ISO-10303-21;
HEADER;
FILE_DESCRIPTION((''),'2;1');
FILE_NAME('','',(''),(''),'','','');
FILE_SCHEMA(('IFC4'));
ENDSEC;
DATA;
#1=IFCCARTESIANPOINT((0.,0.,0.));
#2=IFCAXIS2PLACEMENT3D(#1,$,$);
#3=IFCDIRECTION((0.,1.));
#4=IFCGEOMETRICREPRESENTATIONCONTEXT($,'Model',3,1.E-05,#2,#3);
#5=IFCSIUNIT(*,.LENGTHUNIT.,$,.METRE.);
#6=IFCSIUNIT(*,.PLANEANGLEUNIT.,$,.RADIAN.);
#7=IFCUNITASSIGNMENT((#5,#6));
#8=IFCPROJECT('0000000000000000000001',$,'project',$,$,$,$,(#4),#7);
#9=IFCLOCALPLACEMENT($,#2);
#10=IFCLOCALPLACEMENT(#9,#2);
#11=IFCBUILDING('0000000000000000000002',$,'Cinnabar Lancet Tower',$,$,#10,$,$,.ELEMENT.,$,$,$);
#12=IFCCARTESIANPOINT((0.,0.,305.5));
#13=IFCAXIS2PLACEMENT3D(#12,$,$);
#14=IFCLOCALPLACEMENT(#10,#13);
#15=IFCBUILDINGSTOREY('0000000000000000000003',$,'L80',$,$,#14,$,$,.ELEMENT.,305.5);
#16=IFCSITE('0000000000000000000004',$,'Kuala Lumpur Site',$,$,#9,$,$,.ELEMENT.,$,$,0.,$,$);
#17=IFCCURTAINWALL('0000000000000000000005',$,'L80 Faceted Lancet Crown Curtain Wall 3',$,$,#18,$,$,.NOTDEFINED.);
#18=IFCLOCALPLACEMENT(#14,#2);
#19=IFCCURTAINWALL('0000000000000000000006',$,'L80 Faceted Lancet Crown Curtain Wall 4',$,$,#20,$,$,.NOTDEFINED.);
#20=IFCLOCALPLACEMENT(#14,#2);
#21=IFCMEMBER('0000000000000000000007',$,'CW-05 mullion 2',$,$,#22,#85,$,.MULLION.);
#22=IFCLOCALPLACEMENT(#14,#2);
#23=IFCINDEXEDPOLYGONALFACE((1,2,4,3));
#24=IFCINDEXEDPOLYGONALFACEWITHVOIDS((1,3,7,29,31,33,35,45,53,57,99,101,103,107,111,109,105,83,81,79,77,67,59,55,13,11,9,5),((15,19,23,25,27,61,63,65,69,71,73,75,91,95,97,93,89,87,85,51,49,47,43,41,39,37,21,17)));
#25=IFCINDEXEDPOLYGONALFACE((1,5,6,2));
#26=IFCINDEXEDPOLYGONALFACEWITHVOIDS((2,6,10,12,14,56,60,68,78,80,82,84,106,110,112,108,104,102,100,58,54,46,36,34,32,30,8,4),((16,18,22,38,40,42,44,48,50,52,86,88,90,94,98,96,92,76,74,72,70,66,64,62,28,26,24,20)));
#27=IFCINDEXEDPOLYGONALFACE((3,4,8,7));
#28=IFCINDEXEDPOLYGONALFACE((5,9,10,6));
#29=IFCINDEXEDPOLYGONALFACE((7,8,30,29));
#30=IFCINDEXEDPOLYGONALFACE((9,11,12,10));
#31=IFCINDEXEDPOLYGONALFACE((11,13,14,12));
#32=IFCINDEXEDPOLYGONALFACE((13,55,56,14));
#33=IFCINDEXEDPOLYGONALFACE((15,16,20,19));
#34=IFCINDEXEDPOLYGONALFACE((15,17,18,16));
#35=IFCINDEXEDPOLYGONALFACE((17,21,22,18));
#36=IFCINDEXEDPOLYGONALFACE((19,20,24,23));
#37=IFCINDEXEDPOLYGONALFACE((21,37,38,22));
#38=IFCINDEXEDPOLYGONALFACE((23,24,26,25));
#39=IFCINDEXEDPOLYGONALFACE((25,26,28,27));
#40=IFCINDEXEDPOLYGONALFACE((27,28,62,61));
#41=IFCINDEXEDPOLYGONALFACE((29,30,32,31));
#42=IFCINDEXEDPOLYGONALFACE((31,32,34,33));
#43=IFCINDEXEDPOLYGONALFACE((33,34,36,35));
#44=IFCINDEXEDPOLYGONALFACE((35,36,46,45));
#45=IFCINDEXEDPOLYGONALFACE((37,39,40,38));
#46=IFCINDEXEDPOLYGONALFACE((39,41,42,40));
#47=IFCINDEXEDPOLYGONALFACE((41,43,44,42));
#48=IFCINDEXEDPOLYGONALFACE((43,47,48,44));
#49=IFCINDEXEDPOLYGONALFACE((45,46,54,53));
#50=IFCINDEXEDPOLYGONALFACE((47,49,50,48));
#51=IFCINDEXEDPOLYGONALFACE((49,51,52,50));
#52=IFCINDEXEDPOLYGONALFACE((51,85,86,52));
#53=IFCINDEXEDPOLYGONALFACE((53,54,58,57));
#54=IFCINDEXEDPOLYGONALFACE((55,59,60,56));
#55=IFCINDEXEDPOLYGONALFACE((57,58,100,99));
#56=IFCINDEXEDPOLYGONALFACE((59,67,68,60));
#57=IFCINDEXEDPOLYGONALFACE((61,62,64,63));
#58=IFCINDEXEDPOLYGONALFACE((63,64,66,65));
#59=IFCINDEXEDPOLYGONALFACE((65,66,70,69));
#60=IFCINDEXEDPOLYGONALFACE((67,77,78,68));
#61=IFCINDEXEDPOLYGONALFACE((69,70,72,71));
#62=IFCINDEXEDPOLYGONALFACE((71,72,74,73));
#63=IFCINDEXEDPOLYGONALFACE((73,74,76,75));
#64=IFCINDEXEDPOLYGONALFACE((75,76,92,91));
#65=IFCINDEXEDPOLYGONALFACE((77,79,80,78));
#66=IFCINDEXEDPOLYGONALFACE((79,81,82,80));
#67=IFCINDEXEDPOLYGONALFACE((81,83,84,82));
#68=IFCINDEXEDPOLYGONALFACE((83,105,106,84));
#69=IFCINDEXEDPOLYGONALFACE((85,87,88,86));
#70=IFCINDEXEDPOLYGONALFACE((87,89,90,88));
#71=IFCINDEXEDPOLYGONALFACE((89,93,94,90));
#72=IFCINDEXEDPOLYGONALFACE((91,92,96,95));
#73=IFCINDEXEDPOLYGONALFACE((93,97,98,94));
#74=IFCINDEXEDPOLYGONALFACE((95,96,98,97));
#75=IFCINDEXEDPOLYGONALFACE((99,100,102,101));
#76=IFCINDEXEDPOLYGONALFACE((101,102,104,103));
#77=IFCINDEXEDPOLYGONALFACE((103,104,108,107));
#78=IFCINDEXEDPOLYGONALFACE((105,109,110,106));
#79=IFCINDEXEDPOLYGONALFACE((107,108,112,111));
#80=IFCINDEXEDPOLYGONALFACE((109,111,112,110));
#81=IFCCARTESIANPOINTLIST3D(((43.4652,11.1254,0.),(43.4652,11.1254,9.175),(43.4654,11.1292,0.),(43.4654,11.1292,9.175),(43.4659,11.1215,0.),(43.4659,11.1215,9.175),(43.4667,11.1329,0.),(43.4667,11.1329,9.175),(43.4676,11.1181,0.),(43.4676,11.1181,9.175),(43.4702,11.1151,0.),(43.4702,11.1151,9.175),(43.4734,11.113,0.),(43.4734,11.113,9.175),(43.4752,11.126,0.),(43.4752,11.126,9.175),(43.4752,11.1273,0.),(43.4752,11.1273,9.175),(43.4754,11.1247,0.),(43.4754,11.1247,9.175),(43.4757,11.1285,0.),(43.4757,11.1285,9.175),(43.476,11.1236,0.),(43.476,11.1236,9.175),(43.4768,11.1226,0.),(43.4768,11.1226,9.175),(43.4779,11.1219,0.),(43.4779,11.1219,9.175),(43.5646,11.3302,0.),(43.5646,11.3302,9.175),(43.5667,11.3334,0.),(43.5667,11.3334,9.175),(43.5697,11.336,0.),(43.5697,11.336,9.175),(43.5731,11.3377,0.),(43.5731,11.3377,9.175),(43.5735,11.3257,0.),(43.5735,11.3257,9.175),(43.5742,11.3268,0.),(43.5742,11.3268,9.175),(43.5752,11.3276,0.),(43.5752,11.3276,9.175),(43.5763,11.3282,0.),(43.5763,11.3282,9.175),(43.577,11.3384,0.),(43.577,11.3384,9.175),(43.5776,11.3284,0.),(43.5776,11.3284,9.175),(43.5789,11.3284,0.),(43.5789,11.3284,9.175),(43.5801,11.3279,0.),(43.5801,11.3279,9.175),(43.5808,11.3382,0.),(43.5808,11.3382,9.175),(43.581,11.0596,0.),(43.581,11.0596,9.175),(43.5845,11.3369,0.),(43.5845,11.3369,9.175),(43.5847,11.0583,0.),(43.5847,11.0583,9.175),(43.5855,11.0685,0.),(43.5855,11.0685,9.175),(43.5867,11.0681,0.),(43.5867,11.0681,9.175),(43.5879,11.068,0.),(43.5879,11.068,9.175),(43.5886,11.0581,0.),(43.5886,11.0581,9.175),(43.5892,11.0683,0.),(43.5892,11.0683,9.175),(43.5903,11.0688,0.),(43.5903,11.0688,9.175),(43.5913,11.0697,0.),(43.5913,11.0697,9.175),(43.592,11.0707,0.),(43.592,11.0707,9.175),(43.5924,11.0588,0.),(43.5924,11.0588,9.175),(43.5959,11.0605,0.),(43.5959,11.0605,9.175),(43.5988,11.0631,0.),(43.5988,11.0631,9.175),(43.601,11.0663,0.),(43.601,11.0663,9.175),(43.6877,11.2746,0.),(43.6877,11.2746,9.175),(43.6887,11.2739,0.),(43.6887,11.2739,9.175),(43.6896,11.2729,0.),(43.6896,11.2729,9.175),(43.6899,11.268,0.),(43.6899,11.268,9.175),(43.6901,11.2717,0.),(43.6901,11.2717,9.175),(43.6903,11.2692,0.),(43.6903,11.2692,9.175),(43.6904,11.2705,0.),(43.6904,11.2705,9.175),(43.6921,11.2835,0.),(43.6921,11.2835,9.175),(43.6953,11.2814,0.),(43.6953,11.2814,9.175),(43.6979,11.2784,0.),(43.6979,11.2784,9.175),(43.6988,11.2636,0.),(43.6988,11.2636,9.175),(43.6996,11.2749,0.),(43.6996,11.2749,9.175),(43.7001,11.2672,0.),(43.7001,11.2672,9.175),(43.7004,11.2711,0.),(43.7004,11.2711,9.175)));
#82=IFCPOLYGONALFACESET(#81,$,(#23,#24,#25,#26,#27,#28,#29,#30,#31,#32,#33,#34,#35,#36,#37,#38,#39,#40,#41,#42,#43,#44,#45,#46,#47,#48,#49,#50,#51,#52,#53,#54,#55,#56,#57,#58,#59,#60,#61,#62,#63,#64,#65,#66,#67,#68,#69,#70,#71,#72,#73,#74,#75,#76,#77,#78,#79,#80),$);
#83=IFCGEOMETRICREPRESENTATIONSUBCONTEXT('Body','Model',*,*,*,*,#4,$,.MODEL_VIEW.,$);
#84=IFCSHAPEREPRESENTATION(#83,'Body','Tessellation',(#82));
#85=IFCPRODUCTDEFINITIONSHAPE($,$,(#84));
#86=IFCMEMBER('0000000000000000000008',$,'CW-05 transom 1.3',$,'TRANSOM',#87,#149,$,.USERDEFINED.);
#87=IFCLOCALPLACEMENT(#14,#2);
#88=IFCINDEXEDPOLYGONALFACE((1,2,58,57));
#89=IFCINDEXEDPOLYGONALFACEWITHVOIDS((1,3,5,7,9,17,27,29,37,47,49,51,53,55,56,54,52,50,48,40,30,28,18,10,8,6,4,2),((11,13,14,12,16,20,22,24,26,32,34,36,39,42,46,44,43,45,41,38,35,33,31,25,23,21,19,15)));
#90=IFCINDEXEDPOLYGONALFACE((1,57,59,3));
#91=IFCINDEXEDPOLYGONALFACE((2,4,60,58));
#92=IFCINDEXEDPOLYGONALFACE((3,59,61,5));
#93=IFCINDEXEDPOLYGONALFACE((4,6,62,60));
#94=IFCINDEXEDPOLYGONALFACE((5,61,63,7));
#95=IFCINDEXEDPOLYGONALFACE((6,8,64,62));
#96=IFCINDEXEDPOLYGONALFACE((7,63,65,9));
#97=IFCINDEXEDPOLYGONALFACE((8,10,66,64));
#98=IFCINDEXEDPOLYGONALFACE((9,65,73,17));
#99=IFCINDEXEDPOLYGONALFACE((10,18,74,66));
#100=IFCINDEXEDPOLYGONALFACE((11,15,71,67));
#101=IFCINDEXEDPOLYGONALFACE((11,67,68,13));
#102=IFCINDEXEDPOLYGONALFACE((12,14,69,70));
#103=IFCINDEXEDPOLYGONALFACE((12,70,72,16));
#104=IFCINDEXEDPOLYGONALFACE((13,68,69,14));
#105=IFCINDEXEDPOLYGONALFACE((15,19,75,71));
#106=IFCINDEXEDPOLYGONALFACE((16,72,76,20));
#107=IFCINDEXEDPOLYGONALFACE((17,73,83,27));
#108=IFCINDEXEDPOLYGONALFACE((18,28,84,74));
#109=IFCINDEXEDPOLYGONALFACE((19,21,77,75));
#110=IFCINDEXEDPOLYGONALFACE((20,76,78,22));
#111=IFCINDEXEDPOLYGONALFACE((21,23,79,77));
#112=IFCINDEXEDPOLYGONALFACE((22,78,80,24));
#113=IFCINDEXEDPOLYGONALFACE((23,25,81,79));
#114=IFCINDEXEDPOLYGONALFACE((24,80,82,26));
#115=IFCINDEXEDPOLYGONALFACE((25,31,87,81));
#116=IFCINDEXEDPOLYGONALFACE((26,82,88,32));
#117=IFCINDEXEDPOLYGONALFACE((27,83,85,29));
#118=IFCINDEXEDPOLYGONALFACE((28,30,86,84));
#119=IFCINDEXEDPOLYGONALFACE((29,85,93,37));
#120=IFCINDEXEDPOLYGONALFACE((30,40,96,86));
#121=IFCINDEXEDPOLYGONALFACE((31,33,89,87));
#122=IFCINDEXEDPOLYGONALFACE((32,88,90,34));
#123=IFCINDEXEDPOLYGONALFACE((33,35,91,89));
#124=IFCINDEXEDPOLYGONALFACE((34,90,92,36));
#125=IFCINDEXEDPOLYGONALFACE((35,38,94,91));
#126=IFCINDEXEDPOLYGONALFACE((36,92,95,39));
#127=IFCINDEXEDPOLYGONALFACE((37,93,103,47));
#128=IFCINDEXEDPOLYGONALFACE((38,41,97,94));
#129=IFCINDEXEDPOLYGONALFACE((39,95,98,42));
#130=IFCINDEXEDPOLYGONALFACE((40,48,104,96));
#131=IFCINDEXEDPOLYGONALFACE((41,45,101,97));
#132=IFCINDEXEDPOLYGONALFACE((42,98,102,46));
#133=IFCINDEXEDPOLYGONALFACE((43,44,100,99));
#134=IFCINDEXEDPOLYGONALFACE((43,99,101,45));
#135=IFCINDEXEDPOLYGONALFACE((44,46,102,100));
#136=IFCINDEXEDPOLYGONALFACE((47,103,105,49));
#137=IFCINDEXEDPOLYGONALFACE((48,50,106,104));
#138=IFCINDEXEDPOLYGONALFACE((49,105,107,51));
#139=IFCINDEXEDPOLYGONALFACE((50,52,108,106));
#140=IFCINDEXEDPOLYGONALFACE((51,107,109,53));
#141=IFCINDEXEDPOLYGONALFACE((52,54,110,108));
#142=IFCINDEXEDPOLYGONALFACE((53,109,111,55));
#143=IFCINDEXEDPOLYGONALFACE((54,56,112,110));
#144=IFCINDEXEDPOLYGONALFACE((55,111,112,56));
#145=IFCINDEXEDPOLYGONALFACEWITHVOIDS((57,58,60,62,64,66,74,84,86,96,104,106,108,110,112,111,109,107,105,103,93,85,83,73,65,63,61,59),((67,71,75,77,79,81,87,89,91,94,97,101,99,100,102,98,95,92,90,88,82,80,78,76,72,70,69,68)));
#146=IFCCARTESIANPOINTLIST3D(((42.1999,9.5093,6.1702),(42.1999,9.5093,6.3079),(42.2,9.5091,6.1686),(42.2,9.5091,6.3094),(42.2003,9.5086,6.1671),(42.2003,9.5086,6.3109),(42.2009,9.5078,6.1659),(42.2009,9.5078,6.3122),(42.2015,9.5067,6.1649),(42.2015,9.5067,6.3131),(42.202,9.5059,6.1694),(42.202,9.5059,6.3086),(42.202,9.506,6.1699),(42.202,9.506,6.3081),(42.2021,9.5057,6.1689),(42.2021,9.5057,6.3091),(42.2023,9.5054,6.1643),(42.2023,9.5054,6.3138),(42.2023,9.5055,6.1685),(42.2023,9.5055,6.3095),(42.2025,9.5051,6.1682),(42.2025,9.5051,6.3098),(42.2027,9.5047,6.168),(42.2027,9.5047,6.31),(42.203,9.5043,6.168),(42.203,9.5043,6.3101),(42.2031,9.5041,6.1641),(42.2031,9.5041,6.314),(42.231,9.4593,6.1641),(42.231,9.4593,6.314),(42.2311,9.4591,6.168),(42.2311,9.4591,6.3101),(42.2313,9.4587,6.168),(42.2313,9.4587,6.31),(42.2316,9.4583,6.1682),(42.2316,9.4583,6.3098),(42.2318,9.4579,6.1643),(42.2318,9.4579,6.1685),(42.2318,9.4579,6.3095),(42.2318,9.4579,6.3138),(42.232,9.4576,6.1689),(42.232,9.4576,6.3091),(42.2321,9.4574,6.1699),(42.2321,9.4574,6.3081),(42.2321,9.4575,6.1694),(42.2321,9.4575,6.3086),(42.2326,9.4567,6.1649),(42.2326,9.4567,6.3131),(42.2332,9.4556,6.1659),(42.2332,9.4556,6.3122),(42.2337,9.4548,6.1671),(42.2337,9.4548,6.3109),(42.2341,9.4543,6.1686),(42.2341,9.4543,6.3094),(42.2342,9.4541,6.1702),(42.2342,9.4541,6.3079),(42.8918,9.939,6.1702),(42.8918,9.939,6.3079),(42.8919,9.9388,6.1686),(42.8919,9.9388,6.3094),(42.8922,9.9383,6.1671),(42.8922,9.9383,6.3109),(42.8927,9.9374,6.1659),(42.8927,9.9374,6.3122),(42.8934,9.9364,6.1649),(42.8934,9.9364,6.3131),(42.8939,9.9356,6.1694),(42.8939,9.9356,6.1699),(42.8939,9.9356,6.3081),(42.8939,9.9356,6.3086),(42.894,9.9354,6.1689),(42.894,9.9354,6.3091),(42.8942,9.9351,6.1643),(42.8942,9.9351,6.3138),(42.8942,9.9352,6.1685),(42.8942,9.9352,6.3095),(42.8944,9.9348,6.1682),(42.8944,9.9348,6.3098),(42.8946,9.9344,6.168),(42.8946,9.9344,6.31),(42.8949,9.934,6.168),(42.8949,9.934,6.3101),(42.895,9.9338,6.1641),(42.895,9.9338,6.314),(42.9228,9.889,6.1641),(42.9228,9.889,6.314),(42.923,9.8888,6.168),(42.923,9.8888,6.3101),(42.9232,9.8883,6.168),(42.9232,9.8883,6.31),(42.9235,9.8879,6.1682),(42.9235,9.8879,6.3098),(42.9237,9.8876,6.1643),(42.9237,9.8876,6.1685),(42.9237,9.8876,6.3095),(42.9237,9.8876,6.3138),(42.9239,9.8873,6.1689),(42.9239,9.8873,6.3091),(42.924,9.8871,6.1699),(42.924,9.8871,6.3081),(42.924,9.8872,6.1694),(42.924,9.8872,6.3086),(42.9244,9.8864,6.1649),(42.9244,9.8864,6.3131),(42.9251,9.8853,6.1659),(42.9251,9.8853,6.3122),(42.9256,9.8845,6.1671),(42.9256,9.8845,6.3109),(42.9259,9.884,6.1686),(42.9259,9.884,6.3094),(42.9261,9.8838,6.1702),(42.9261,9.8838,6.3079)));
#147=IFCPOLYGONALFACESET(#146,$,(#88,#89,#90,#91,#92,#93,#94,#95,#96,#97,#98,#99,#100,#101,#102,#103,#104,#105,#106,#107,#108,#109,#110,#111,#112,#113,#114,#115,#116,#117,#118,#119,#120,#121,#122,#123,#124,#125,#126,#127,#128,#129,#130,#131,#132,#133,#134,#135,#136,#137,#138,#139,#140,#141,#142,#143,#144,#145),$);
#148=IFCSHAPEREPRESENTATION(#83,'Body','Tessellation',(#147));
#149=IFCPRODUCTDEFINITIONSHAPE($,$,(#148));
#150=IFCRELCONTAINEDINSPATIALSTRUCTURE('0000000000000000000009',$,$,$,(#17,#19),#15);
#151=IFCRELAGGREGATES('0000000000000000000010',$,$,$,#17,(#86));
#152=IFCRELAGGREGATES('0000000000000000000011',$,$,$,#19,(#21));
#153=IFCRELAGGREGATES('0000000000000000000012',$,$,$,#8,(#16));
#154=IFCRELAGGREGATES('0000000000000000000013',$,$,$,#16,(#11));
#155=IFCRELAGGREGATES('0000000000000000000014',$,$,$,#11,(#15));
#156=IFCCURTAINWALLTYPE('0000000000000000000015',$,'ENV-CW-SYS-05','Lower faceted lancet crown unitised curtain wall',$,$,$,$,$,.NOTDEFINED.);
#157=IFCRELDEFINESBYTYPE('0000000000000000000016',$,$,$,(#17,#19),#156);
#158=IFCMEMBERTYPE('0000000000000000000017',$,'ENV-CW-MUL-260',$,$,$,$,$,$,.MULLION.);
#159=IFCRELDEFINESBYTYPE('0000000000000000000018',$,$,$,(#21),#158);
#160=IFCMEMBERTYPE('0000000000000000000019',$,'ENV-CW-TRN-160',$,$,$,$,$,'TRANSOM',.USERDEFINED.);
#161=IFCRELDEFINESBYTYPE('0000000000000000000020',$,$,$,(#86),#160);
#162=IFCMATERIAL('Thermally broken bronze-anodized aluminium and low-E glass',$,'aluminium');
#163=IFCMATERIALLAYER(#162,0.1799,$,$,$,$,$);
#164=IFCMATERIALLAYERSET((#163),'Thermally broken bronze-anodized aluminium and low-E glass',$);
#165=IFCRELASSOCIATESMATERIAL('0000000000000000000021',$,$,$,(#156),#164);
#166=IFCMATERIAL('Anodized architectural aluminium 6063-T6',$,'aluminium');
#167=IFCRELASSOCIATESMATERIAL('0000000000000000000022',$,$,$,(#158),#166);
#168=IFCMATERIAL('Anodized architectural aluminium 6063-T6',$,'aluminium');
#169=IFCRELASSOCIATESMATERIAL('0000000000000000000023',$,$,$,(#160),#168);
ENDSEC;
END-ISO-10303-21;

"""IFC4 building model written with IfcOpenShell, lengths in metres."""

from ifc_helpers import new_model, si_unit, direction, frame, origin, origin_2d, place, context, subcontext, project, spatial, hollow_rectangle, extrude, material, layer, layer_set, material_profile, profile_set, type_object, element, aggregate, save


model = new_model("IFC4")

# Units and contexts
model_context = context("Model", 3, precision=1e-05, world=origin(), true_north=direction((0.0, 1.0)))
body_context = subcontext(model_context, "Body", "Model", "MODEL_VIEW")
ifc_project = project(units=[si_unit("LENGTHUNIT", "METRE"), si_unit("PLANEANGLEUNIT", "RADIAN")], contexts=[model_context])

# Site, building, storey
site_placement = place(None, origin())
site = spatial("IfcSite", under=ifc_project, at=site_placement, Name="Kuala Lumpur Site", CompositionType="ELEMENT", RefElevation=0.0)
building_placement = place(site_placement, origin())
building = spatial("IfcBuilding", under=site, at=building_placement, Name="Cinnabar Lancet Tower", CompositionType="ELEMENT")
storey_placement = place(building_placement, frame((0.0, 0.0, 305.5)))
storey = spatial("IfcBuildingStorey", under=building, at=storey_placement, Name="L80", CompositionType="ELEMENT", Elevation=305.5)

# Curtain wall
ifc_material_1 = material(Name="Thermally broken bronze-anodized aluminium and low-E glass", Category="aluminium")
ifc_layer_1 = layer(ifc_material_1, 0.1799)
ifc_layer_set_1 = layer_set([ifc_layer_1], Name="Thermally broken bronze-anodized aluminium and low-E glass")
curtain_wall_type = type_object("IfcCurtainWallType", Name="ENV-CW-SYS-05", Description="Lower faceted lancet crown unitised curtain wall", PredefinedType="NOTDEFINED", material=ifc_layer_set_1)
curtain_wall_1_placement = place(storey_placement, origin())
curtain_wall_1 = element("IfcCurtainWall", 1, at=curtain_wall_1_placement, inside=storey, type_object=curtain_wall_type, Name="L80 Faceted Lancet Crown Curtain Wall 3", PredefinedType="NOTDEFINED")
ifc_material_2 = material(Name="Anodized architectural aluminium 6063-T6", Category="aluminium")
ifc_material_profile_1 = material_profile(ifc_material_2, hollow_rectangle(XDim=0.1499, YDim=0.25, WallThickness=0.01, InnerFilletRadius=0.0049, OuterFilletRadius=0.0149, at=origin_2d()), Name="RHS 250x150x10")
ifc_profile_set_1 = profile_set([ifc_material_profile_1], Name="Anodized architectural aluminium 6063-T6")
member_type_1 = type_object("IfcMemberType", Name="ENV-CW-MUL-260", PredefinedType="MULLION", material=ifc_profile_set_1)

# Curtain wall, member
curtain_wall_2_placement = place(storey_placement, origin())
curtain_wall_2 = element("IfcCurtainWall", 2, at=curtain_wall_2_placement, inside=storey, type_object=curtain_wall_type, Name="L80 Faceted Lancet Crown Curtain Wall 4", PredefinedType="NOTDEFINED")
member_1_placement = place(storey_placement, frame((43.5828, 11.1982, 0.0), z_axis=(0.0, 0.0, 1.0), x_axis=(-0.89582, 0.444416, 0.0)))
member_1 = element("IfcMember", 3, at=member_1_placement, type_object=member_type_1, Name="CW-05 mullion 2", PredefinedType="MULLION", context=body_context, shape_type="SweptSolid", body=[
    extrude(hollow_rectangle(XDim=0.1499, YDim=0.25, WallThickness=0.01, InnerFilletRadius=0.0049, OuterFilletRadius=0.0149, at=origin_2d()), origin(), (0.0, 0.0, 1.0), 9.175),
])

# Member
ifc_material_3 = material(Name="Anodized architectural aluminium 6063-T6", Category="aluminium")
ifc_material_profile_2 = material_profile(ifc_material_3, hollow_rectangle(XDim=0.0649, YDim=0.1499, WallThickness=0.0039, InnerFilletRadius=0.002, OuterFilletRadius=0.0061, at=origin_2d()), Name="CW-TRN 150x65x4")
ifc_profile_set_2 = profile_set([ifc_material_profile_2], Name="Anodized architectural aluminium 6063-T6")
member_type_2 = type_object("IfcMemberType", Name="ENV-CW-TRN-160", ElementType="TRANSOM", PredefinedType="USERDEFINED", material=ifc_profile_set_2)
member_2_placement = place(storey_placement, frame((42.217, 9.4817, 6.239), z_axis=(0.84951, 0.527572, 0.0), x_axis=(-0.527572, 0.84951, 0.0)))
member_2 = element("IfcMember", 4, at=member_2_placement, type_object=member_type_2, Name="CW-05 transom 1.3", ObjectType="TRANSOM", PredefinedType="USERDEFINED", context=body_context, shape_type="SweptSolid", body=[
    extrude(hollow_rectangle(XDim=0.0649, YDim=0.1499, WallThickness=0.0039, InnerFilletRadius=0.002, OuterFilletRadius=0.0061, at=origin_2d()), origin(), (0.0, 0.0, 1.0), 0.8145),
])

aggregate(curtain_wall_1, [member_2])
aggregate(curtain_wall_2, [member_1])

save(model, "model.ifc")
